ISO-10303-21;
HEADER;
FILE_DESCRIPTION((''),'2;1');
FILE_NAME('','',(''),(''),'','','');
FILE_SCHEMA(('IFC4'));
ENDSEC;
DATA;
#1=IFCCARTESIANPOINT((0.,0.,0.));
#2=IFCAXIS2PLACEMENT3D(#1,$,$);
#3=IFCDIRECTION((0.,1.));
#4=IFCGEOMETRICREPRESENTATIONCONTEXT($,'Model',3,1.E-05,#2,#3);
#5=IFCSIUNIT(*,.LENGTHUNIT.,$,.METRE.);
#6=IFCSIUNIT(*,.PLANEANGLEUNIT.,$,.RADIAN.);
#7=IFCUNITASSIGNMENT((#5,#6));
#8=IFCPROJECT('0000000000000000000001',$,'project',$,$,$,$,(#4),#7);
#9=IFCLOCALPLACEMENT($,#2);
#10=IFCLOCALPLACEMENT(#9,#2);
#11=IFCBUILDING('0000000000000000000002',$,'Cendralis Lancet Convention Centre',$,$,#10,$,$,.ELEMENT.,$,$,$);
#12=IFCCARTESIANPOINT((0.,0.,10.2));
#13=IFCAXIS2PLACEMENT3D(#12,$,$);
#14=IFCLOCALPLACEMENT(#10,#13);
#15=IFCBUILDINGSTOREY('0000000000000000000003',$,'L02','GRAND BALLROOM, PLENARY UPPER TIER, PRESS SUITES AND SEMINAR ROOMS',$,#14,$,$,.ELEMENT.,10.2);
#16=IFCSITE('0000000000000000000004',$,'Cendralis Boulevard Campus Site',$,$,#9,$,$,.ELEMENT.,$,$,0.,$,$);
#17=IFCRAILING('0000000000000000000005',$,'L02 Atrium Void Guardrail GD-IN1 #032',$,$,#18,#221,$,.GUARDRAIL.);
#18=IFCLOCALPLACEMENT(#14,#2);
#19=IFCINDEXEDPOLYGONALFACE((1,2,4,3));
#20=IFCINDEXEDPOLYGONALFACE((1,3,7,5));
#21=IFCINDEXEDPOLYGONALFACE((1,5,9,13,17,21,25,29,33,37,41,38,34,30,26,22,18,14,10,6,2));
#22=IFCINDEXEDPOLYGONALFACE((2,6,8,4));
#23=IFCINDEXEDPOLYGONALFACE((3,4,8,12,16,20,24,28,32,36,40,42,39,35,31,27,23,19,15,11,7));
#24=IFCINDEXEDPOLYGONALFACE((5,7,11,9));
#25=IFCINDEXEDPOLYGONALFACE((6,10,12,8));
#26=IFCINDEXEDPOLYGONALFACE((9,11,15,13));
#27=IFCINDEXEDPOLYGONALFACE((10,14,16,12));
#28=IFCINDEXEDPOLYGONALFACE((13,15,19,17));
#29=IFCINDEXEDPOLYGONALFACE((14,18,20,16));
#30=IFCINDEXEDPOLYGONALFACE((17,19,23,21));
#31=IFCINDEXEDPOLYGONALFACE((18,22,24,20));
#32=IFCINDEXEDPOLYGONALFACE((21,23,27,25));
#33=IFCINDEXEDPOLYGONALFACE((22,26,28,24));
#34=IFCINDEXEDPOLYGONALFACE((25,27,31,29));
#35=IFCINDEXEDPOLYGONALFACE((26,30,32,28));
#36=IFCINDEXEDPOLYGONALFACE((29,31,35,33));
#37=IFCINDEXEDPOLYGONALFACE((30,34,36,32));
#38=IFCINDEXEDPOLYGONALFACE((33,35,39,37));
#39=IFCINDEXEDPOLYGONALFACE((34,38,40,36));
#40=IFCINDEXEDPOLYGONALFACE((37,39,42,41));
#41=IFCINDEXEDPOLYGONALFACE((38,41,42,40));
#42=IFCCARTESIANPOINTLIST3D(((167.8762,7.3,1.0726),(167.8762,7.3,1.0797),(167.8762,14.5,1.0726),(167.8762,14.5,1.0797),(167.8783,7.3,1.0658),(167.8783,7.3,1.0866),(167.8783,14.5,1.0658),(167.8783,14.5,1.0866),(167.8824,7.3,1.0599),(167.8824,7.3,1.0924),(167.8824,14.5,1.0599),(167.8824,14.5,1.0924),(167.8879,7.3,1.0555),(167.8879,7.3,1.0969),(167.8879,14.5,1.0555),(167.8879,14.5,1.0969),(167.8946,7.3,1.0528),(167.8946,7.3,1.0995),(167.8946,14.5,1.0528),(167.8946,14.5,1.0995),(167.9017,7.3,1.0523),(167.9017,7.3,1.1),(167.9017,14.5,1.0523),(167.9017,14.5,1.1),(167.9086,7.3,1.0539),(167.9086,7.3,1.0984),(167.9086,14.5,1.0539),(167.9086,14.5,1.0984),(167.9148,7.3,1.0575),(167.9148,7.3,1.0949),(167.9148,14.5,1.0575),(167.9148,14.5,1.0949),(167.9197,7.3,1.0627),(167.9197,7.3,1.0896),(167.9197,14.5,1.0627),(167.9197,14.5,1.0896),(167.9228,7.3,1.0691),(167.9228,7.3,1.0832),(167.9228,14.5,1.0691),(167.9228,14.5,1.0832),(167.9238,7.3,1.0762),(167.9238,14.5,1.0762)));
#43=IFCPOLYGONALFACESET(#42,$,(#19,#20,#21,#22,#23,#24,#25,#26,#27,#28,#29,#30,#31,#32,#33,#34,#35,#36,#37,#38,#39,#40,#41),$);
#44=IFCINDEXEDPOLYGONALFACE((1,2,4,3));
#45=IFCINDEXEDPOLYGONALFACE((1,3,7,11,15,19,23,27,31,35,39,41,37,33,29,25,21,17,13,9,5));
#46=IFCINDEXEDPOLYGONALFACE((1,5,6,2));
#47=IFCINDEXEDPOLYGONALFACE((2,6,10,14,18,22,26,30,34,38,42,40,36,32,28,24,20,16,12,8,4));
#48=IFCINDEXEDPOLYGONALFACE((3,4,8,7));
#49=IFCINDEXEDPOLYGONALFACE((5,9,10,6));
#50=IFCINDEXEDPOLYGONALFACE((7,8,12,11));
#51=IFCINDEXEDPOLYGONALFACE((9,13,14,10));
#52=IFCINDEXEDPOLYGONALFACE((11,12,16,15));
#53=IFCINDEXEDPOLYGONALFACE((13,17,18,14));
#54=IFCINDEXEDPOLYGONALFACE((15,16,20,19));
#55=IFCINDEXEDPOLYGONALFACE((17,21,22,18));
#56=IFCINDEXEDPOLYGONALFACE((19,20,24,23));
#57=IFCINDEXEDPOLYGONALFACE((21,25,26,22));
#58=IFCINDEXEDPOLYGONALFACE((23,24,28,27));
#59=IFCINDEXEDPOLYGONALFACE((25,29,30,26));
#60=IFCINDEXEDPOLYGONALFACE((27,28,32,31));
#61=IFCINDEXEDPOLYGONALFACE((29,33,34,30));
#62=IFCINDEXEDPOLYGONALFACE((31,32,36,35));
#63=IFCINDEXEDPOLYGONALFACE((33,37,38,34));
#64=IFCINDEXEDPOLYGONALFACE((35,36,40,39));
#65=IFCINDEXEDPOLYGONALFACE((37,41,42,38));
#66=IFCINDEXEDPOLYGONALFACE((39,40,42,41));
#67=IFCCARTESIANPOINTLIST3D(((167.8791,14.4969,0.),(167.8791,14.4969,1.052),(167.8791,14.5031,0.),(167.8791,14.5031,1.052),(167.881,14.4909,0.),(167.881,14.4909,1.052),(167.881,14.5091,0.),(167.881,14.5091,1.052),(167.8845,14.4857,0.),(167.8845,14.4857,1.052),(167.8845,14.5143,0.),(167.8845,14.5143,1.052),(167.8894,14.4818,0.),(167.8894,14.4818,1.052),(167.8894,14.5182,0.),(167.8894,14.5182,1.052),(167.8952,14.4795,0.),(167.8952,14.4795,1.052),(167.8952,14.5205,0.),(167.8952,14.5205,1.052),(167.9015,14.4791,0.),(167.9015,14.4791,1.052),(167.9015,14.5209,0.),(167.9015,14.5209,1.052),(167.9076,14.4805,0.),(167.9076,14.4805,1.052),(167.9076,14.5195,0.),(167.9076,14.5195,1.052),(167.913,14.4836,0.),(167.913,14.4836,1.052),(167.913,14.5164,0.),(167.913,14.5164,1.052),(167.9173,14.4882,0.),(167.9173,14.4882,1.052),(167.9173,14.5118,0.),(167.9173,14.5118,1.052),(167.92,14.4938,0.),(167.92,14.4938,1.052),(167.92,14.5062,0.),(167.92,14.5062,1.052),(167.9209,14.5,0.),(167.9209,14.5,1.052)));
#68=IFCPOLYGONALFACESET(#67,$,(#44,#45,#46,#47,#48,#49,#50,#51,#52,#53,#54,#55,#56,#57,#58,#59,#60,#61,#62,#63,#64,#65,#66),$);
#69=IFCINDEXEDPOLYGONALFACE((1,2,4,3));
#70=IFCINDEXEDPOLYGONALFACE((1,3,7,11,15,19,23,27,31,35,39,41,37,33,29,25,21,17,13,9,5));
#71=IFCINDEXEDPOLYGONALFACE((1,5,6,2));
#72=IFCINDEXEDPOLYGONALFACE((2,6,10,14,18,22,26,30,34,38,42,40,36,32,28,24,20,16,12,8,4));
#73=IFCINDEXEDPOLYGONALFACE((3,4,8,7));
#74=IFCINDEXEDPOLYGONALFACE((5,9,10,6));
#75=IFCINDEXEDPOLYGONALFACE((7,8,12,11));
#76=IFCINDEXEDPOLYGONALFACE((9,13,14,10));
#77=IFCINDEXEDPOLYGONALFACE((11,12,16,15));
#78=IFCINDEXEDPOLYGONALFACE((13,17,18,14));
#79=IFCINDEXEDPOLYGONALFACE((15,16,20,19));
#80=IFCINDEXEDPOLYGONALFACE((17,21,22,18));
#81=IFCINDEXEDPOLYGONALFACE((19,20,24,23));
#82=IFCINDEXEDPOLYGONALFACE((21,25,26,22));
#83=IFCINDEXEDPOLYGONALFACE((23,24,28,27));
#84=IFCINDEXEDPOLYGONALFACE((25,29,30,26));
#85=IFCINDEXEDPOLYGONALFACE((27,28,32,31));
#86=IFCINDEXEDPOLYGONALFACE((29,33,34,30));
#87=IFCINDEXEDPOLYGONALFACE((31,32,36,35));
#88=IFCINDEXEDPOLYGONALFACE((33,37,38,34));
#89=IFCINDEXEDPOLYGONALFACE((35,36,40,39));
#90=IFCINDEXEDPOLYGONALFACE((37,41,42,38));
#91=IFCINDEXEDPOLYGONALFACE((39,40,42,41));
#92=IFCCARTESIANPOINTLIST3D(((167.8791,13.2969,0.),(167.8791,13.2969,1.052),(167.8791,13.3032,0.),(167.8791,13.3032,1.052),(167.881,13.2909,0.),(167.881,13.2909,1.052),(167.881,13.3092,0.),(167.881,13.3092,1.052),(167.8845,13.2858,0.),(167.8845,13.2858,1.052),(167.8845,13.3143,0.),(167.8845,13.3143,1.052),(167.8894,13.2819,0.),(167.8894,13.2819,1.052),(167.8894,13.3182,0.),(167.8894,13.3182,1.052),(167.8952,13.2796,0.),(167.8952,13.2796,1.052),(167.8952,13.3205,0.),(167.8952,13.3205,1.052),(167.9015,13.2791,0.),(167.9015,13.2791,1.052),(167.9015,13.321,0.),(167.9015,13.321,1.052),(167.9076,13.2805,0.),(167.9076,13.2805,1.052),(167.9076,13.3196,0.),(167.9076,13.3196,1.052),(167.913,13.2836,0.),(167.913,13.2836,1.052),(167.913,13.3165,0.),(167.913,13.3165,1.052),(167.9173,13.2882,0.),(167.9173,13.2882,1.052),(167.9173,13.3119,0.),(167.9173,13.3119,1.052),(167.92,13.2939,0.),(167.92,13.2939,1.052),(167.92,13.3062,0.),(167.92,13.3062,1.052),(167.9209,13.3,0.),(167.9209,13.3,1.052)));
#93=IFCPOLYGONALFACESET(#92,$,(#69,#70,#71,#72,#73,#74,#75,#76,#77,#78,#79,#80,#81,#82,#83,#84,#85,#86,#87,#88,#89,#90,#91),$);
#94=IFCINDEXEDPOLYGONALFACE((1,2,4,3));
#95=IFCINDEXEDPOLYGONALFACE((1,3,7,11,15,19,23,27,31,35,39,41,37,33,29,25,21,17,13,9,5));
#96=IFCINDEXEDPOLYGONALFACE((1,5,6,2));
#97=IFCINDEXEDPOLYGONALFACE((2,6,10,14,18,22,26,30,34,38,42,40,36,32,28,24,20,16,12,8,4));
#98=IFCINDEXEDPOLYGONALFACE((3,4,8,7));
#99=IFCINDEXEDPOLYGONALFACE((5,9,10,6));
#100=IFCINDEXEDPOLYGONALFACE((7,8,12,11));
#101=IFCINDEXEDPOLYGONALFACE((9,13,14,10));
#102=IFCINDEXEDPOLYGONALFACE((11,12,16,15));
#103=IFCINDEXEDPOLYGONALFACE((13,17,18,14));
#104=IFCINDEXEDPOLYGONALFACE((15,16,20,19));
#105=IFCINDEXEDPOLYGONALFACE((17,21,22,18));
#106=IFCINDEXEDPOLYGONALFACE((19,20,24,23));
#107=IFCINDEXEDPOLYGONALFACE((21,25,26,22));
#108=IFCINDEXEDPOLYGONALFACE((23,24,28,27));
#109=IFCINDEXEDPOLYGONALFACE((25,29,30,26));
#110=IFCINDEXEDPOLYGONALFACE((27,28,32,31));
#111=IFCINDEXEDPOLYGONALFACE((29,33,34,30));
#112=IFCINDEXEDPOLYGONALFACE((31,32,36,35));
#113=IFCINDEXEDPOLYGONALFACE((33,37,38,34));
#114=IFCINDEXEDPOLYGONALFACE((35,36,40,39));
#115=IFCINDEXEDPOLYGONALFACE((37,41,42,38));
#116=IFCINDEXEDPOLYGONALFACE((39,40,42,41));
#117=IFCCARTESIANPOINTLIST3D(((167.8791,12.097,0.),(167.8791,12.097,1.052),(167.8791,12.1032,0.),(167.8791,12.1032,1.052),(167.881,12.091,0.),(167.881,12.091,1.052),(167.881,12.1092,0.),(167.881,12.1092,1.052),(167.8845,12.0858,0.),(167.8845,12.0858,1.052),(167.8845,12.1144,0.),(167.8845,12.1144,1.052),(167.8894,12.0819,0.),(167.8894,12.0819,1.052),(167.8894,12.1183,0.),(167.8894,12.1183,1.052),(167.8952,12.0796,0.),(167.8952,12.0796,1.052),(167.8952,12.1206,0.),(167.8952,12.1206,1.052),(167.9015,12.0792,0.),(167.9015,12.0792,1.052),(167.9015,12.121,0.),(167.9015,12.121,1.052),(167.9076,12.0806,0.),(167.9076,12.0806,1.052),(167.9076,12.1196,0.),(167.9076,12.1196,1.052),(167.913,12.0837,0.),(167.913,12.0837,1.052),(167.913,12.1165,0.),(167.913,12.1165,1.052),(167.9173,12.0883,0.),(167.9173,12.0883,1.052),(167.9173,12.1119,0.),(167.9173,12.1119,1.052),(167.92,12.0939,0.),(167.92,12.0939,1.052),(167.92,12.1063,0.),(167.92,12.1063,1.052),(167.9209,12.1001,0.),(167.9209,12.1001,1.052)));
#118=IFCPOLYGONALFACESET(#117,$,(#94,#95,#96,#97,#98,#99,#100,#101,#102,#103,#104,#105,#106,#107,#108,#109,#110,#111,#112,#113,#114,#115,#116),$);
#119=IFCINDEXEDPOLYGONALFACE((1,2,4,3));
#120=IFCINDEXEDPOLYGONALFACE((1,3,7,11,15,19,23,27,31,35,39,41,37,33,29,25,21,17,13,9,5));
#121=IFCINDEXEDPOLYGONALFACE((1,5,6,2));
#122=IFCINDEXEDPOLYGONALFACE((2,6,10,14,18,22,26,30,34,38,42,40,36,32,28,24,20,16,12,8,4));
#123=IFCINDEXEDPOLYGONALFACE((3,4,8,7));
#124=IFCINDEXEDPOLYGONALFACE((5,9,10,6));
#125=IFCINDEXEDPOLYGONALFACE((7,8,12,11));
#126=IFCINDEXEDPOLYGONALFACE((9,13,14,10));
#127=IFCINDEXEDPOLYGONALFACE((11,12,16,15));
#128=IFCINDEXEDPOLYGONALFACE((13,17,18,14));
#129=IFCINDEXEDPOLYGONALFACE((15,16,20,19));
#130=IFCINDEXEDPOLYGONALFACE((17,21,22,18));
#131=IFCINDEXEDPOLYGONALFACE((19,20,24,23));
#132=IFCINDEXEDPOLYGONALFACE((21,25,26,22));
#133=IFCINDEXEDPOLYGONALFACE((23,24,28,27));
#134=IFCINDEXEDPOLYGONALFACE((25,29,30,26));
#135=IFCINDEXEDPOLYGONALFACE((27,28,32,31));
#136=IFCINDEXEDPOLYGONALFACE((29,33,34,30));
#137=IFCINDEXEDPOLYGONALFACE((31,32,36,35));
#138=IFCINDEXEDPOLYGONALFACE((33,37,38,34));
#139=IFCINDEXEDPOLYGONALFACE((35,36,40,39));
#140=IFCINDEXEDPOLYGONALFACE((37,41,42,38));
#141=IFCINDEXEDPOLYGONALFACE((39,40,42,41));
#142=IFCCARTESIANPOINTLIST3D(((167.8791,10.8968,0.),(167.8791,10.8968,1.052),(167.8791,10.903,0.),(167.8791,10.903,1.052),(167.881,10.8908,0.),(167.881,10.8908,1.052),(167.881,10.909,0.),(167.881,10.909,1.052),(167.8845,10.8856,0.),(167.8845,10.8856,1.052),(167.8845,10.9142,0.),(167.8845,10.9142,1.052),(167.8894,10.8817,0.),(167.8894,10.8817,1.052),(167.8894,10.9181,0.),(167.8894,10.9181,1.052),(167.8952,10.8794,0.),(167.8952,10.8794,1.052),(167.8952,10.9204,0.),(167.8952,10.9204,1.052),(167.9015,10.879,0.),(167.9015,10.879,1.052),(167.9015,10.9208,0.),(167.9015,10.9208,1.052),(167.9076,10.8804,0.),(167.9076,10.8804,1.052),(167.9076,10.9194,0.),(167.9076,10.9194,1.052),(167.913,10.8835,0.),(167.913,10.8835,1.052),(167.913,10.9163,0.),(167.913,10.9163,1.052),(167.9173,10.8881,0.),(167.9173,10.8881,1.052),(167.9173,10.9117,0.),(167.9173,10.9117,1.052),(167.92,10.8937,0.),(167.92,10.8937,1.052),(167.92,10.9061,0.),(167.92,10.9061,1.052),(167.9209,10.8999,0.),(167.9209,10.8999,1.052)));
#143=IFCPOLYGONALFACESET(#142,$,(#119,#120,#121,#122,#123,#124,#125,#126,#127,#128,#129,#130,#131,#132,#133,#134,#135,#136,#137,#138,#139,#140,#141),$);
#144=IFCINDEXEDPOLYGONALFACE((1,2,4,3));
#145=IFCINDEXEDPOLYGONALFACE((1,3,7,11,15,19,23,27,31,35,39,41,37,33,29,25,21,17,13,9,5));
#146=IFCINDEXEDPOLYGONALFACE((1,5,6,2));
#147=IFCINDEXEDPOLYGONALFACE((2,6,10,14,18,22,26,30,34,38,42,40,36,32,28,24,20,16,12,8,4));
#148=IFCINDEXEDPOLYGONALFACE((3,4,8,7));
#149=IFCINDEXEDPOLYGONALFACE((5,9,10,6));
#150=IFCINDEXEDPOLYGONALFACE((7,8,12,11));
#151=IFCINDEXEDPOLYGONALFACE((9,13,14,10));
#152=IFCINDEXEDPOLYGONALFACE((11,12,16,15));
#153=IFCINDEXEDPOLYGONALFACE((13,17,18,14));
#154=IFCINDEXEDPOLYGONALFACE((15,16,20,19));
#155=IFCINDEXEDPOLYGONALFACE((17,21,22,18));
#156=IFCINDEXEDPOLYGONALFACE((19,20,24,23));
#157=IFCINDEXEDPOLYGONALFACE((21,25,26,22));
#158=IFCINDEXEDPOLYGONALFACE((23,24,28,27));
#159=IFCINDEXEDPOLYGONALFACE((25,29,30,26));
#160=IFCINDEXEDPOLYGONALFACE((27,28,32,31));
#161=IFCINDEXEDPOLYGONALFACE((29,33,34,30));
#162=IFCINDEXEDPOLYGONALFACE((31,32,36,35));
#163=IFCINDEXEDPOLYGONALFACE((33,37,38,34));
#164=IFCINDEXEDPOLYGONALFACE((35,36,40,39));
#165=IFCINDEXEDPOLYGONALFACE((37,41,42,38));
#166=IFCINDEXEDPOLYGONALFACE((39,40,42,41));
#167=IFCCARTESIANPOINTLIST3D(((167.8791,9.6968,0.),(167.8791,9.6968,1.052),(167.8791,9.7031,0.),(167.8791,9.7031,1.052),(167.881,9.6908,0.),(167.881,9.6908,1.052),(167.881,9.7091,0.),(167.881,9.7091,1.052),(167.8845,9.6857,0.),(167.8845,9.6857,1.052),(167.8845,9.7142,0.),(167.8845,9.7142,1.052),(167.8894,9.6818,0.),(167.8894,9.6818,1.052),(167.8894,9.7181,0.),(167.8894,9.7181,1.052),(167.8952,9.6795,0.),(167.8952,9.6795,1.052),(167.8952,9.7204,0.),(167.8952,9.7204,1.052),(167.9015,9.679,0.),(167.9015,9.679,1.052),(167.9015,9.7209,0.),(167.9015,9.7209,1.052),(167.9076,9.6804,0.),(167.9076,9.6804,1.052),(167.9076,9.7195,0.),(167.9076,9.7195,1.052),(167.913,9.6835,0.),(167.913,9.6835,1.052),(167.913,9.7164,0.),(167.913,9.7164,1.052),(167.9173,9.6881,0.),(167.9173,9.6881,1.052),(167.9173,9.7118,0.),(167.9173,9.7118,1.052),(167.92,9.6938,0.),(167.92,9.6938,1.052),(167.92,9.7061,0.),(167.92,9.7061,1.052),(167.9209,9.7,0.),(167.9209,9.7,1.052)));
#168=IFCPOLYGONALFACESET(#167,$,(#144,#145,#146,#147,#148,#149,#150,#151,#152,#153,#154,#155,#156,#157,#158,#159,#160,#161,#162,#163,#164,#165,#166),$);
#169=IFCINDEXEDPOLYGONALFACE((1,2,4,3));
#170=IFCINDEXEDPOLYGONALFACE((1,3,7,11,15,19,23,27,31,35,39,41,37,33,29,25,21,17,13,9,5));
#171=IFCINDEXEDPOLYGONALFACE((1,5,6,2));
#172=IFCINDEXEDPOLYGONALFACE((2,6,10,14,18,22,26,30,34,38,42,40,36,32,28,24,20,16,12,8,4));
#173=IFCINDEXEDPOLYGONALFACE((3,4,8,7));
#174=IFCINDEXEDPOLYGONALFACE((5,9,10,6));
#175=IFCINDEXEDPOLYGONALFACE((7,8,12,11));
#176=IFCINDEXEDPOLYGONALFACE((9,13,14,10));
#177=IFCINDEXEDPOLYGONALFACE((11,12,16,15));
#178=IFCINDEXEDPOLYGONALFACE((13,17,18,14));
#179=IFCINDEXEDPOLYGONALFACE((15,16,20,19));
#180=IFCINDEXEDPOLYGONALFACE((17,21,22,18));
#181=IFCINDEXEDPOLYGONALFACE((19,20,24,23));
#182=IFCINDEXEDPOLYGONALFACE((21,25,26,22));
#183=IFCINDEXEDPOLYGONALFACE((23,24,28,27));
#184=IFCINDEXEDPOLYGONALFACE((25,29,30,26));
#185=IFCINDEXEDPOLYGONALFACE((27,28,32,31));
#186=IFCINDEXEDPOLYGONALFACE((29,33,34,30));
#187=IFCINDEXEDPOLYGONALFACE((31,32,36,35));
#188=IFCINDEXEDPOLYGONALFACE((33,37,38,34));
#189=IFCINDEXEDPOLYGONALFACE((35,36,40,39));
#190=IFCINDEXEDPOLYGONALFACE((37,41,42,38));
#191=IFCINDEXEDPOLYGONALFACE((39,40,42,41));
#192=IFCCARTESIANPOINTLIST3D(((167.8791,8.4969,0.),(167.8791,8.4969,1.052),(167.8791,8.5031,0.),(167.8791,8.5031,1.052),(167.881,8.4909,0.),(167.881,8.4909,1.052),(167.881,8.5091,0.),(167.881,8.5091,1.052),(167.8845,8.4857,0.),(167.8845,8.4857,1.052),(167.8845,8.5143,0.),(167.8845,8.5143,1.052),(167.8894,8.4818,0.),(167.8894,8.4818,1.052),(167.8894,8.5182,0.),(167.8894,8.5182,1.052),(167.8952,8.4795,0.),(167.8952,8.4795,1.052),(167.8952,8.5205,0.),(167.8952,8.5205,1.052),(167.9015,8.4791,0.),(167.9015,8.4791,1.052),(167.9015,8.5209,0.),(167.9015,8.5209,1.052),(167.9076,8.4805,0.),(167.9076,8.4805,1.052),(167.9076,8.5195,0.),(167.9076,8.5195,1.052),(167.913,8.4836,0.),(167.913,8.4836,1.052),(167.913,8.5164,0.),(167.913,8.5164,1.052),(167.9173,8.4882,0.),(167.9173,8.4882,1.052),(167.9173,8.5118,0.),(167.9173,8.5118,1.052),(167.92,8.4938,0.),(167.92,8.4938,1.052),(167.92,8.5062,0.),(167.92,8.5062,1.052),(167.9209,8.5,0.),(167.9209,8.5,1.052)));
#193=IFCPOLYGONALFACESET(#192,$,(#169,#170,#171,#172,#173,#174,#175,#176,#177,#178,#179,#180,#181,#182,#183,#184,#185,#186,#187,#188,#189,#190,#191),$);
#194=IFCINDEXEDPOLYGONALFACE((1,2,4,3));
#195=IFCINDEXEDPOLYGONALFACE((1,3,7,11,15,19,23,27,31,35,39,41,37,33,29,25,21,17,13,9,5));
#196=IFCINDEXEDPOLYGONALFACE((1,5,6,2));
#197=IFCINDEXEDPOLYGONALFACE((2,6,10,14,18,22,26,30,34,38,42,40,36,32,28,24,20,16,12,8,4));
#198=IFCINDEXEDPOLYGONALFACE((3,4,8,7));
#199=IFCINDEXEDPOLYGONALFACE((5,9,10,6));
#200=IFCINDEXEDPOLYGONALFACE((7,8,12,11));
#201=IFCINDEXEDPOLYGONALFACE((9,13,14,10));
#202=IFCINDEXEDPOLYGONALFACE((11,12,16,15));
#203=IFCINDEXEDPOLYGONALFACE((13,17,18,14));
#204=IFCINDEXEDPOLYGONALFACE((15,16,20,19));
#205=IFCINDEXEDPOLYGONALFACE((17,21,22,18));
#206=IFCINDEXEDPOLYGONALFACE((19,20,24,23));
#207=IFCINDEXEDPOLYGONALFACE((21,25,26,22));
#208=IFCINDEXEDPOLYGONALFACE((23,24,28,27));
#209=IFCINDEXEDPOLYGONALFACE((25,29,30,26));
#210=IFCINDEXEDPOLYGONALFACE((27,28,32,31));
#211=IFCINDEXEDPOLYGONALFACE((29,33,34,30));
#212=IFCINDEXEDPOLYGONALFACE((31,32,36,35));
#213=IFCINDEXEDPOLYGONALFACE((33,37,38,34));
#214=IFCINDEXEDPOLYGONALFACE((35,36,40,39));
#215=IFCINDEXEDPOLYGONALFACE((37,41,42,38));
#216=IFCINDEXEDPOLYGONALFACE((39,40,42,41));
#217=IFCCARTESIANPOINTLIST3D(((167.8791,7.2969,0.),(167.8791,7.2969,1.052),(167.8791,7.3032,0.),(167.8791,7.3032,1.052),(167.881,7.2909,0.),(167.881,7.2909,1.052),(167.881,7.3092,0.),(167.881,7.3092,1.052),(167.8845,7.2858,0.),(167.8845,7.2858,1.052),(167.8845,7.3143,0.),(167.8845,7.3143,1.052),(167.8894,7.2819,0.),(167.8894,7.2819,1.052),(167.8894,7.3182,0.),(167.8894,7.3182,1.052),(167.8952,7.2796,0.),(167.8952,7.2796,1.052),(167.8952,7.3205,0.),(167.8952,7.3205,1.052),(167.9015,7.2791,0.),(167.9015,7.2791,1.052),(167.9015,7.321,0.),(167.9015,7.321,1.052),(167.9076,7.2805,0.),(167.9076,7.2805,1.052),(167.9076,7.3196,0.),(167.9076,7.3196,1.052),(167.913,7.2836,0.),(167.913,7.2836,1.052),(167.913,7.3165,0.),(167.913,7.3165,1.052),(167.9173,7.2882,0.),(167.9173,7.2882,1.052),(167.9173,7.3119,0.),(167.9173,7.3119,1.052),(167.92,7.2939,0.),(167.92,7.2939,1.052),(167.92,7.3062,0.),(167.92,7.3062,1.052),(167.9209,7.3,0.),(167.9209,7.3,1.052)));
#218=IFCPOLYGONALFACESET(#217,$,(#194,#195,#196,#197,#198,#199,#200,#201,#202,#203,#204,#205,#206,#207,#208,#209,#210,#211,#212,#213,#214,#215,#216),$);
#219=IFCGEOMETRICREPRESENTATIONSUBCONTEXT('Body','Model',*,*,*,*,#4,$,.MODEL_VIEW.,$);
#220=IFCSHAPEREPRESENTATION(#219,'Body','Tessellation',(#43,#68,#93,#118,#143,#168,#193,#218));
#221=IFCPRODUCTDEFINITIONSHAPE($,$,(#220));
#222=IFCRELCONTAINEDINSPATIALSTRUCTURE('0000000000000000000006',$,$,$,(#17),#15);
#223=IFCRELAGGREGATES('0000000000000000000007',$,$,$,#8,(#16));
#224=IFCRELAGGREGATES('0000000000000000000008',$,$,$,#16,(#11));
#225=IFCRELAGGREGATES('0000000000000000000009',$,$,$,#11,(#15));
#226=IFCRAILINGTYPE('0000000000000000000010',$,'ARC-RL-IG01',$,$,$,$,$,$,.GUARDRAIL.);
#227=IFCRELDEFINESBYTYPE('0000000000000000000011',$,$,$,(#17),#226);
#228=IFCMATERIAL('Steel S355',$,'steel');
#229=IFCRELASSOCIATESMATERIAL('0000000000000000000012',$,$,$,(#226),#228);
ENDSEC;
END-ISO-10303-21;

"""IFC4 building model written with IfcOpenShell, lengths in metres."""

from ifc_helpers import new_model, si_unit, direction, frame, origin, origin_2d, place, context, subcontext, project, spatial, circle, extrude, material, type_object, element, save


model = new_model("IFC4")

# Units and contexts
model_context = context("Model", 3, precision=1e-05, world=origin(), true_north=direction((0.0, 1.0)))
body_context = subcontext(model_context, "Body", "Model", "MODEL_VIEW")
ifc_project = project(units=[si_unit("LENGTHUNIT", "METRE"), si_unit("PLANEANGLEUNIT", "RADIAN")], contexts=[model_context])

# Site, building, storey
site_placement = place(None, origin())
site = spatial("IfcSite", under=ifc_project, at=site_placement, Name="Cendralis Boulevard Campus Site", CompositionType="ELEMENT", RefElevation=0.0)
building_placement = place(site_placement, origin())
building = spatial("IfcBuilding", under=site, at=building_placement, Name="Cendralis Lancet Convention Centre", CompositionType="ELEMENT")
storey_placement = place(building_placement, frame((0.0, 0.0, 10.2)))
storey = spatial("IfcBuildingStorey", under=building, at=storey_placement, Name="L02", Description="GRAND BALLROOM, PLENARY UPPER TIER, PRESS SUITES AND SEMINAR ROOMS", CompositionType="ELEMENT", Elevation=10.2)

# Shared definitions
ifc_material_1 = material(Name="Steel S355", Category="steel")

# Railing
railing_type = type_object("IfcRailingType", Name="ARC-RL-IG01", PredefinedType="GUARDRAIL", material=ifc_material_1)
railing_1_placement = place(storey_placement, frame((167.8999, 14.5, 0.0)))
element("IfcRailing", 1, at=railing_1_placement, inside=storey, type_object=railing_type, Name="L02 Atrium Void Guardrail GD-IN1 #032", PredefinedType="GUARDRAIL", context=body_context, shape_type="SweptSolid", body=[
    extrude(circle(Radius=0.0239, at=origin_2d()), frame((0.0, 0.0, 1.0762), z_axis=(0.0, -1.0, 0.0), x_axis=(1.0, 0.0, 0.0)), (0.0, 0.0, 1.0), 7.2),
    extrude(circle(Radius=0.021, at=origin_2d()), origin(), (0.0, 0.0, 1.0), 1.052),
    extrude(circle(Radius=0.021, at=origin_2d()), frame((0.0, -1.2, 0.0)), (0.0, 0.0, 1.0), 1.052),
    extrude(circle(Radius=0.021, at=origin_2d()), frame((0.0, -2.3999, 0.0)), (0.0, 0.0, 1.0), 1.052),
    extrude(circle(Radius=0.021, at=origin_2d()), frame((0.0, -3.6001, 0.0)), (0.0, 0.0, 1.0), 1.052),
    extrude(circle(Radius=0.021, at=origin_2d()), frame((0.0, -4.8, 0.0)), (0.0, 0.0, 1.0), 1.052),
    extrude(circle(Radius=0.021, at=origin_2d()), frame((0.0, -6.0, 0.0)), (0.0, 0.0, 1.0), 1.052),
    extrude(circle(Radius=0.021, at=origin_2d()), frame((0.0, -7.2, 0.0)), (0.0, 0.0, 1.0), 1.052),
])

save(model, "model.ifc")
